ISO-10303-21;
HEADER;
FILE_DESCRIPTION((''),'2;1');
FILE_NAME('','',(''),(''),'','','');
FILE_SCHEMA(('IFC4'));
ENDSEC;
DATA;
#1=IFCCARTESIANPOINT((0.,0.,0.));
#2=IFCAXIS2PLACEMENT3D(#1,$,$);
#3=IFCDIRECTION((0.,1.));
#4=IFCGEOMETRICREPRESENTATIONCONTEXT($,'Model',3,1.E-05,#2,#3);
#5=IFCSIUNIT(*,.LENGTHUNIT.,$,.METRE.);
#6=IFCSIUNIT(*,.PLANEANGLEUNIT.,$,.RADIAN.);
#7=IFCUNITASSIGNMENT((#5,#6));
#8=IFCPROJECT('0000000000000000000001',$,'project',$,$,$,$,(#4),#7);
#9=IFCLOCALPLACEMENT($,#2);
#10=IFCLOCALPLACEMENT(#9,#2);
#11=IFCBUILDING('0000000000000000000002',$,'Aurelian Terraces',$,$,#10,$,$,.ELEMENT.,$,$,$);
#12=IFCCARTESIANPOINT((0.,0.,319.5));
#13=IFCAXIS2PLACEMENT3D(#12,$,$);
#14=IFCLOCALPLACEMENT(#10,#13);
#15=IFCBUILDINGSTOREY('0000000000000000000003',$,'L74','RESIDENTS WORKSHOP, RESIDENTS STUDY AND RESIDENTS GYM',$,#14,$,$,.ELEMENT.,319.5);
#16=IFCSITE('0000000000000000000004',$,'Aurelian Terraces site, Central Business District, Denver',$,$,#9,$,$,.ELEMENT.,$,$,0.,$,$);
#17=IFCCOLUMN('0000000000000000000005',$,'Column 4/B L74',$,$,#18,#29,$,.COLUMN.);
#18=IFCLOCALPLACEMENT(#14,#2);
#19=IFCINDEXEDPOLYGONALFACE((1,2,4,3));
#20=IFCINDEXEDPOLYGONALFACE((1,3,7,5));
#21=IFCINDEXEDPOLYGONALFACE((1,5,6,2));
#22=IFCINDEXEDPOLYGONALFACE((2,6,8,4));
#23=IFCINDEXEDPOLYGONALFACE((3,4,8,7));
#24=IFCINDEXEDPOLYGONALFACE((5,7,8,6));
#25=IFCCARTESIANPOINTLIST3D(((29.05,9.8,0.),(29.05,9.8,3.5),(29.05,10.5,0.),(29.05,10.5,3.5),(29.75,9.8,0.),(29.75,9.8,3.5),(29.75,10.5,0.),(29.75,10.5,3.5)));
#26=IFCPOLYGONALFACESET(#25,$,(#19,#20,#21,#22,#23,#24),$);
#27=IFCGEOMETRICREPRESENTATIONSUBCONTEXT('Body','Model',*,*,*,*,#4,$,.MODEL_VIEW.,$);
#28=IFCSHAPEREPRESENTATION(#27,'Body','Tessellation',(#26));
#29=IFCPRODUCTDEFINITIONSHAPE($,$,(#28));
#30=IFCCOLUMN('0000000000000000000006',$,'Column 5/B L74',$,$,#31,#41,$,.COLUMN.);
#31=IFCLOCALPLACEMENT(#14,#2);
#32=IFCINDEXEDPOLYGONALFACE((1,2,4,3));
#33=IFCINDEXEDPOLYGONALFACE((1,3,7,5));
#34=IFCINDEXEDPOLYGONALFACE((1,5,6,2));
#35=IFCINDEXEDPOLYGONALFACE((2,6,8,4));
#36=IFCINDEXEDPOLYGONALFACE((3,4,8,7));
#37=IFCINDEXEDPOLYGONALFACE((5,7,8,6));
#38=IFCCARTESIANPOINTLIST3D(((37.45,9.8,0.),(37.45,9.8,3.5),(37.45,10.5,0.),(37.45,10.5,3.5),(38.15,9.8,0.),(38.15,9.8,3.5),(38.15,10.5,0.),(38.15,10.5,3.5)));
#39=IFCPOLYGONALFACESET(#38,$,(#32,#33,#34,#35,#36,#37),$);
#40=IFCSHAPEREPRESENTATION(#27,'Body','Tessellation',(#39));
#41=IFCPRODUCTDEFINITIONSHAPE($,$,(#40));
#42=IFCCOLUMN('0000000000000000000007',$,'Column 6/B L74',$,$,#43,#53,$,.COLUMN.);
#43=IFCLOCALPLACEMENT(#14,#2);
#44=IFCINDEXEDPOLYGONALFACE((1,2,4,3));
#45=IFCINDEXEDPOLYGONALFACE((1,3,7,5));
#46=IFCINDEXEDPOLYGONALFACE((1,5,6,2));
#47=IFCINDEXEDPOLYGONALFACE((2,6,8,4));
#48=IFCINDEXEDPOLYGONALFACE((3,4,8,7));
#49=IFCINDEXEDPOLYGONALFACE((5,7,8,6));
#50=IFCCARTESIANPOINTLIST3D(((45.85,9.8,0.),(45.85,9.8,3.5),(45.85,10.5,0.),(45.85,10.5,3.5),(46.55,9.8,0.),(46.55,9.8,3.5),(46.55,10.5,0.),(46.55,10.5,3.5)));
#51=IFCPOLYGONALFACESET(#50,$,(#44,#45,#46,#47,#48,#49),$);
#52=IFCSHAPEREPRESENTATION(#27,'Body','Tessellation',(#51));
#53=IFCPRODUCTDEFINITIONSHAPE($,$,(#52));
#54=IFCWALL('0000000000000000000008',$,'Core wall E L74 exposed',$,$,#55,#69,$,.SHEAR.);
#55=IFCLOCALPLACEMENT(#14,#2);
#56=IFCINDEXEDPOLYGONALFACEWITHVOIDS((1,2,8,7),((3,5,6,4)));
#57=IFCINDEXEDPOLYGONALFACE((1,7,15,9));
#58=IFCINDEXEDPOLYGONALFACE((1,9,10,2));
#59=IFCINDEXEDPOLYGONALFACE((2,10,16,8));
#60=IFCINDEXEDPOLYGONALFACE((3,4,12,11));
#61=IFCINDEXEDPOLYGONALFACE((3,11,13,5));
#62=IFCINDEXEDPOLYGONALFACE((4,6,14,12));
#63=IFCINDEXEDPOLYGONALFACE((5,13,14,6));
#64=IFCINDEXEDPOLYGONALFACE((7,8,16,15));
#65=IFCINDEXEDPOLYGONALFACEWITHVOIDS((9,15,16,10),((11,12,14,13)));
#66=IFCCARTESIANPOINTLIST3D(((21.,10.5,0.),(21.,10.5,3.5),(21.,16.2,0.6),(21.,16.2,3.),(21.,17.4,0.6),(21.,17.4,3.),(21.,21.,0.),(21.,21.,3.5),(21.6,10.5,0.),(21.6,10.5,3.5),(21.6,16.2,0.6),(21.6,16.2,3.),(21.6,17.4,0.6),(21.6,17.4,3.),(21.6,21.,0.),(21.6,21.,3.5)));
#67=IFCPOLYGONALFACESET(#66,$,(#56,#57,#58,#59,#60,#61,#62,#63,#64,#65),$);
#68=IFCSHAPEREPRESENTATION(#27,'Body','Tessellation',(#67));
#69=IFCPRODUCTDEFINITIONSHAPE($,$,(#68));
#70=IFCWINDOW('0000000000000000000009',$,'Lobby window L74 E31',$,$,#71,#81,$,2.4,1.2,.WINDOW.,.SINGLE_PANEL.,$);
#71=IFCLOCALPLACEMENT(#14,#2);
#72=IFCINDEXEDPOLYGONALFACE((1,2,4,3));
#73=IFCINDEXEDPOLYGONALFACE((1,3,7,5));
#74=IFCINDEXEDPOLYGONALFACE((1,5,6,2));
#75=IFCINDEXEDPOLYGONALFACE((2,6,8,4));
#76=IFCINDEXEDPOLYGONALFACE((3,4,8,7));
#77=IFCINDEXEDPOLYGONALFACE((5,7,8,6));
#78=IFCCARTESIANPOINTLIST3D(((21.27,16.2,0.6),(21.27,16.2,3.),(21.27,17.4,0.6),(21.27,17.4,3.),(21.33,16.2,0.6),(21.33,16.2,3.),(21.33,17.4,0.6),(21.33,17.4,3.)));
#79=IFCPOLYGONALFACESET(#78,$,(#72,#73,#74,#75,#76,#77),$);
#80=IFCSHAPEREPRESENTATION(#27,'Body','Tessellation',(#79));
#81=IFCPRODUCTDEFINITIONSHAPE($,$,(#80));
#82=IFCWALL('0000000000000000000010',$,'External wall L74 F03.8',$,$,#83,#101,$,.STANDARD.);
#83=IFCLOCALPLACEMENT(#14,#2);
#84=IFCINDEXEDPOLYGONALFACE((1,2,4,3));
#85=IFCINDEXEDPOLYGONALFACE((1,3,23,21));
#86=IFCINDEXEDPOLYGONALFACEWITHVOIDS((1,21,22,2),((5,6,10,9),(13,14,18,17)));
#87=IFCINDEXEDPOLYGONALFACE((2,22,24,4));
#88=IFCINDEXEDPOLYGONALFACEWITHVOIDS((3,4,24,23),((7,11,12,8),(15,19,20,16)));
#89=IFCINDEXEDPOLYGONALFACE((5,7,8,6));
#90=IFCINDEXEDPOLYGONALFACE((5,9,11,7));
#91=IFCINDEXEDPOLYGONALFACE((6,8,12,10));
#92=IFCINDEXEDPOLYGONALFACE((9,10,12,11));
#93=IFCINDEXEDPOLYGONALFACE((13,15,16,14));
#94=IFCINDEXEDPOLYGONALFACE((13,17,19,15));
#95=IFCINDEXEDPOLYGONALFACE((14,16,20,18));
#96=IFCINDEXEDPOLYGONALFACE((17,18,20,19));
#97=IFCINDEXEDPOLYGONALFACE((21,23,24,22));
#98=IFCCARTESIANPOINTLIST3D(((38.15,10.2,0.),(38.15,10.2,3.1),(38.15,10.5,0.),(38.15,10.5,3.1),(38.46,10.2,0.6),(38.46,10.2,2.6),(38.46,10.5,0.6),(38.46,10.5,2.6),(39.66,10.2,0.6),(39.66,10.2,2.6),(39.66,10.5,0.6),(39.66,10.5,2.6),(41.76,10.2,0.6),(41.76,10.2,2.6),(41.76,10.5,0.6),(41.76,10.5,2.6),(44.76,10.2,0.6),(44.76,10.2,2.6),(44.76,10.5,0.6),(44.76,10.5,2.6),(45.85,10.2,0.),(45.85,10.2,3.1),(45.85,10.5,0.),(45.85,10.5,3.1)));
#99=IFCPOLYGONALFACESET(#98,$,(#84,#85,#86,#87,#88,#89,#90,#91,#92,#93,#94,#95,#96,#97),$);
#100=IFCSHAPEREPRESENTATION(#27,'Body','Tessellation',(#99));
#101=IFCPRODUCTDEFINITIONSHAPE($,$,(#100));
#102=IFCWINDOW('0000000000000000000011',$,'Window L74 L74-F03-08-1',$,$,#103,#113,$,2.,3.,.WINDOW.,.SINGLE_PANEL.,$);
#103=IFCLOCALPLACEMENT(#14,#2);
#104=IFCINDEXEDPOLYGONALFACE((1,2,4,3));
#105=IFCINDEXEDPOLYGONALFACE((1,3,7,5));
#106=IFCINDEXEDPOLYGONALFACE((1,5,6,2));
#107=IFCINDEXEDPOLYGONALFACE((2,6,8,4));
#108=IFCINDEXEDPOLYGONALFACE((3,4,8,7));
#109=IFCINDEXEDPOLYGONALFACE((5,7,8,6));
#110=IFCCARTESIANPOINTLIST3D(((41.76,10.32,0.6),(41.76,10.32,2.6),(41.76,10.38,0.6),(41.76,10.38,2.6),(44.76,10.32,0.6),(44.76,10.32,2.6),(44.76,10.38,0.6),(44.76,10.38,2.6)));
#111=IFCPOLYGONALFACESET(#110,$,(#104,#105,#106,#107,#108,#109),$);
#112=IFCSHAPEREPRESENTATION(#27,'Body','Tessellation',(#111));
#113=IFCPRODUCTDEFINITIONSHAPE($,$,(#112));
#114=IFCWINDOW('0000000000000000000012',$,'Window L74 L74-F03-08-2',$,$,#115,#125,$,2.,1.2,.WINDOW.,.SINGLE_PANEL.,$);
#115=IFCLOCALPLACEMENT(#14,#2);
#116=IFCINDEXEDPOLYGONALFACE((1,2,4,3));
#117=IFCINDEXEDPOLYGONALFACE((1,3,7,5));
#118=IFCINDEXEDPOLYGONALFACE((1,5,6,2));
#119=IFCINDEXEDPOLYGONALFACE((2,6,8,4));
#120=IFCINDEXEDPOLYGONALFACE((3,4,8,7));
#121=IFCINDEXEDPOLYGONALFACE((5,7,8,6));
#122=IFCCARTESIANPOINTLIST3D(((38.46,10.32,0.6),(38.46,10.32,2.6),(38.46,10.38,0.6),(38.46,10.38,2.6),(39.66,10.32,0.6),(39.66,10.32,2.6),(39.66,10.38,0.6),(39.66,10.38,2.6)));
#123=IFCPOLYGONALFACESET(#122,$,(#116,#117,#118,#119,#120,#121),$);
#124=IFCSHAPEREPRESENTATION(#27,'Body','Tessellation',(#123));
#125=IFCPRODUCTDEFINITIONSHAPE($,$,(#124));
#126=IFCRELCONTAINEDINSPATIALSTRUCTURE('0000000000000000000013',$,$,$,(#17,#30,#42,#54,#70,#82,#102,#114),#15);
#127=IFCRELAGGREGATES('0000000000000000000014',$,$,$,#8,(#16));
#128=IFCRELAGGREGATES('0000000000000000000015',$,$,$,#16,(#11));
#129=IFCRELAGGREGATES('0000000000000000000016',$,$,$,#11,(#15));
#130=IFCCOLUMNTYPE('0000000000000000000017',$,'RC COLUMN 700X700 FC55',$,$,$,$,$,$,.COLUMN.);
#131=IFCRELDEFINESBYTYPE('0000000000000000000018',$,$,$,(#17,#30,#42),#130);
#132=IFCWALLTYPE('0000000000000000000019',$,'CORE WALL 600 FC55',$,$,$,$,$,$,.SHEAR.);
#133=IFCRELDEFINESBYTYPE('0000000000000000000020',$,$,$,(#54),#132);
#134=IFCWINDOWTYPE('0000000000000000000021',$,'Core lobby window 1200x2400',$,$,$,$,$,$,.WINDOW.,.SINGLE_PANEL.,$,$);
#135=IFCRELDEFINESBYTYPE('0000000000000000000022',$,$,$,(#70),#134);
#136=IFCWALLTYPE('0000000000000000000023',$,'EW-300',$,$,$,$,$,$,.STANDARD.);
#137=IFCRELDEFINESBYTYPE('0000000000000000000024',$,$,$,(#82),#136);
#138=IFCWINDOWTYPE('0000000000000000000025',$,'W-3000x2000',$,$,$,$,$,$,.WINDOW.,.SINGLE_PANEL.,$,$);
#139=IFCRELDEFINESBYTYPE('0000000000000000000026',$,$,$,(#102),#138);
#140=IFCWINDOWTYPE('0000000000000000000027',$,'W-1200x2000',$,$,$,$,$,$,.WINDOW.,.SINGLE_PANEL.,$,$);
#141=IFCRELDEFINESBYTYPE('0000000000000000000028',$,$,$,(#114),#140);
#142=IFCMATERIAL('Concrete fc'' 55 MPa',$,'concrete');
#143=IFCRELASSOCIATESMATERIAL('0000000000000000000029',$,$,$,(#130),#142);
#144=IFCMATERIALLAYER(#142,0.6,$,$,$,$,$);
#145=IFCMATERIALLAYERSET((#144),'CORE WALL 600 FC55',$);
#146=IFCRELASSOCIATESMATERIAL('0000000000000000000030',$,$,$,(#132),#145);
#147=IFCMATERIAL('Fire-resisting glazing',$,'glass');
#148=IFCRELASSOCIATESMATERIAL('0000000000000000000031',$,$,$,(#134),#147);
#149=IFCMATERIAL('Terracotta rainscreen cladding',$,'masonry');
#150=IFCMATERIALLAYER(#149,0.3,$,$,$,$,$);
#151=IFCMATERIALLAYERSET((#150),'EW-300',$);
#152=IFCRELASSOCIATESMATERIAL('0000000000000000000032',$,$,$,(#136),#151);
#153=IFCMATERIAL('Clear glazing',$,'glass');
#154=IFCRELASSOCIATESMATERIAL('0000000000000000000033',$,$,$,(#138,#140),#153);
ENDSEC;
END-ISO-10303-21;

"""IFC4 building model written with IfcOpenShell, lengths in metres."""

from ifc_helpers import new_model, si_unit, direction, frame, frame_2d, origin, origin_2d, place, context, subcontext, project, spatial, rectangle, extrude, source, transform, mapped, material, layer, layer_set, material_profile, profile_set, type_object, element, fill, save


model = new_model("IFC4")

# Units and contexts
model_context = context("Model", 3, precision=1e-05, world=origin(), true_north=direction((0.0, 1.0)))
body_context = subcontext(model_context, "Body", "Model", "MODEL_VIEW")
ifc_project = project(units=[si_unit("LENGTHUNIT", "METRE"), si_unit("PLANEANGLEUNIT", "RADIAN")], contexts=[model_context])

# Site, building, storey
site_placement = place(None, origin())
site = spatial("IfcSite", under=ifc_project, at=site_placement, Name="Aurelian Terraces site, Central Business District, Denver", CompositionType="ELEMENT", RefElevation=0.0)
building_placement = place(site_placement, origin())
building = spatial("IfcBuilding", under=site, at=building_placement, Name="Aurelian Terraces", CompositionType="ELEMENT")
storey_placement = place(building_placement, frame((0.0, 0.0, 319.5)))
storey = spatial("IfcBuildingStorey", under=building, at=storey_placement, Name="L74", Description="RESIDENTS WORKSHOP, RESIDENTS STUDY AND RESIDENTS GYM", CompositionType="ELEMENT", Elevation=319.5)

# Columns
ifc_material_1 = material(Name="Concrete fc' 55 MPa", Category="concrete")
ifc_material_profile = material_profile(ifc_material_1, rectangle(XDim=0.7, YDim=0.7, at=origin_2d()))
ifc_profile_set = profile_set([ifc_material_profile], Name="Concrete fc' 55 MPa")
column_type = type_object("IfcColumnType", Name="RC COLUMN 700X700 FC55", PredefinedType="COLUMN", material=ifc_profile_set)
shared_shape_1 = source(origin(), body_context, "Body", "SweptSolid", [
    extrude(rectangle(XDim=0.7, YDim=0.7, at=origin_2d()), origin(), (0.0, 0.0, 1.0), 3.5),
])
for number, where, z_axis, x_axis, name in (
    (1, (29.4, 10.15, 0.0), (0.0, 0.0, 1.0), (1.0, 0.0, 0.0), "Column 4/B L74"),
    (2, (37.8, 10.15, 0.0), (0.0, 0.0, 1.0), (1.0, 0.0, 0.0), "Column 5/B L74"),
    (3, (46.2, 10.15, 0.0), (0.0, 0.0, 1.0), (1.0, 0.0, 0.0), "Column 6/B L74"),
):
    element("IfcColumn", number, at=place(storey_placement, frame(where, z_axis=z_axis, x_axis=x_axis)), inside=storey, type_object=column_type, Name=name, PredefinedType="COLUMN", context=body_context, shape_type="MappedRepresentation", body=[
        mapped(shared_shape_1, transform((0.0, 0.0, 0.0), scale=1.0)),
    ])

# Wall, opening, window
ifc_layer_1 = layer(ifc_material_1, 0.6)
ifc_layer_set_1 = layer_set([ifc_layer_1], Name="CORE WALL 600 FC55")
wall_type_1 = type_object("IfcWallType", Name="CORE WALL 600 FC55", PredefinedType="SHEAR", material=ifc_layer_set_1)
shared_shape_2 = source(origin(), body_context, "Body", "SweptSolid", [
    extrude(rectangle(XDim=10.5, YDim=0.6, at=frame_2d((5.25, 0.0))), origin(), (0.0, 0.0, 1.0), 3.5),
])
wall_1_placement = place(storey_placement, frame((21.3, 10.5, 0.0), z_axis=(0.0, 0.0, 1.0), x_axis=(0.0, 1.0, 0.0)))
wall_1 = element("IfcWall", 4, at=wall_1_placement, inside=storey, type_object=wall_type_1, Name="Core wall E L74 exposed", PredefinedType="SHEAR", context=body_context, shape_type="MappedRepresentation", body=[
    mapped(shared_shape_2, transform((0.0, 0.0, 0.0), scale=1.0)),
])
shared_shape_3 = source(origin(), body_context, "Body", "SweptSolid", [
    extrude(rectangle(XDim=1.2, YDim=2.4, at=frame_2d((0.6, 1.2))), frame((0.0, 0.31, 0.0), z_axis=(0.0, -1.0, 0.0), x_axis=(1.0, 0.0, 0.0)), (0.0, 0.0, 1.0), 0.62),
])
opening_1_placement = place(wall_1_placement, frame((5.7, 0.0, 0.6)))
opening_1 = element("IfcOpeningElement", 5, at=opening_1_placement, cuts=wall_1, PredefinedType="OPENING", context=body_context, shape_type="MappedRepresentation", body=[
    mapped(shared_shape_3, transform((0.0, 0.0, 0.0), scale=1.0)),
])
ifc_material_2 = material(Name="Fire-resisting glazing", Category="glass")
window_type_1 = type_object("IfcWindowType", Name="Core lobby window 1200x2400", PartitioningType="SINGLE_PANEL", PredefinedType="WINDOW", material=ifc_material_2)
shared_shape_4 = source(origin(), body_context, "Body", "SweptSolid", [
    extrude(rectangle(XDim=1.2, YDim=2.4, at=frame_2d((0.6, 1.2))), frame((0.0, 0.03, 0.0), z_axis=(0.0, -1.0, 0.0), x_axis=(1.0, 0.0, 0.0)), (0.0, 0.0, 1.0), 0.06),
])
window_1_placement = place(opening_1_placement, origin())
window_1 = element("IfcWindow", 6, at=window_1_placement, inside=storey, type_object=window_type_1, Name="Lobby window L74 E31", OverallHeight=2.4, OverallWidth=1.2, PartitioningType="SINGLE_PANEL", PredefinedType="WINDOW", context=body_context, shape_type="MappedRepresentation", body=[
    mapped(shared_shape_4, transform((0.0, 0.0, 0.0), scale=1.0)),
])
fill(opening_1, window_1)

# Wall, openings, windows
ifc_material_3 = material(Name="Terracotta rainscreen cladding", Category="masonry")
ifc_layer_2 = layer(ifc_material_3, 0.3)
ifc_layer_set_2 = layer_set([ifc_layer_2], Name="EW-300")
wall_type_2 = type_object("IfcWallType", Name="EW-300", PredefinedType="STANDARD", material=ifc_layer_set_2)
shared_shape_5 = source(origin(), body_context, "Body", "SweptSolid", [
    extrude(rectangle(XDim=7.7, YDim=0.3, at=frame_2d((3.85, 0.0))), origin(), (0.0, 0.0, 1.0), 3.1),
])
wall_2_placement = place(storey_placement, frame((45.85, 10.35, 0.0), z_axis=(0.0, 0.0, 1.0), x_axis=(-1.0, 0.0, 0.0)))
wall_2 = element("IfcWall", 7, at=wall_2_placement, inside=storey, type_object=wall_type_2, Name="External wall L74 F03.8", PredefinedType="STANDARD", context=body_context, shape_type="MappedRepresentation", body=[
    mapped(shared_shape_5, transform((0.0, 0.0, 0.0), scale=1.0)),
])
shared_shape_6 = source(origin(), body_context, "Body", "SweptSolid", [
    extrude(rectangle(XDim=3.0, YDim=2.0, at=frame_2d((1.5, 1.0))), frame((0.0, 0.16, 0.0), z_axis=(0.0, -1.0, 0.0), x_axis=(1.0, 0.0, 0.0)), (0.0, 0.0, 1.0), 0.32),
])
opening_2_placement = place(wall_2_placement, frame((1.09, 0.0, 0.6)))
opening_2 = element("IfcOpeningElement", 8, at=opening_2_placement, cuts=wall_2, PredefinedType="OPENING", context=body_context, shape_type="MappedRepresentation", body=[
    mapped(shared_shape_6, transform((0.0, 0.0, 0.0), scale=1.0)),
])
shared_shape_7 = source(origin(), body_context, "Body", "SweptSolid", [
    extrude(rectangle(XDim=1.2, YDim=2.0, at=frame_2d((0.6, 1.0))), frame((0.0, 0.16, 0.0), z_axis=(0.0, -1.0, 0.0), x_axis=(1.0, 0.0, 0.0)), (0.0, 0.0, 1.0), 0.32),
])
opening_3_placement = place(wall_2_placement, frame((6.19, 0.0, 0.6)))
opening_3 = element("IfcOpeningElement", 9, at=opening_3_placement, cuts=wall_2, PredefinedType="OPENING", context=body_context, shape_type="MappedRepresentation", body=[
    mapped(shared_shape_7, transform((0.0, 0.0, 0.0), scale=1.0)),
])
ifc_material_4 = material(Name="Clear glazing", Category="glass")
window_type_2 = type_object("IfcWindowType", Name="W-3000x2000", PartitioningType="SINGLE_PANEL", PredefinedType="WINDOW", material=ifc_material_4)
shared_shape_8 = source(origin(), body_context, "Body", "SweptSolid", [
    extrude(rectangle(XDim=3.0, YDim=2.0, at=frame_2d((1.5, 1.0))), frame((0.0, 0.03, 0.0), z_axis=(0.0, -1.0, 0.0), x_axis=(1.0, 0.0, 0.0)), (0.0, 0.0, 1.0), 0.06),
])
window_2_placement = place(opening_2_placement, origin())
window_2 = element("IfcWindow", 10, at=window_2_placement, inside=storey, type_object=window_type_2, Name="Window L74 L74-F03-08-1", OverallHeight=2.0, OverallWidth=3.0, PartitioningType="SINGLE_PANEL", PredefinedType="WINDOW", context=body_context, shape_type="MappedRepresentation", body=[
    mapped(shared_shape_8, transform((0.0, 0.0, 0.0), scale=1.0)),
])
fill(opening_2, window_2)
window_type_3 = type_object("IfcWindowType", Name="W-1200x2000", PartitioningType="SINGLE_PANEL", PredefinedType="WINDOW", material=ifc_material_4)
shared_shape_9 = source(origin(), body_context, "Body", "SweptSolid", [
    extrude(rectangle(XDim=1.2, YDim=2.0, at=frame_2d((0.6, 1.0))), frame((0.0, 0.03, 0.0), z_axis=(0.0, -1.0, 0.0), x_axis=(1.0, 0.0, 0.0)), (0.0, 0.0, 1.0), 0.06),
])
window_3_placement = place(opening_3_placement, origin())
window_3 = element("IfcWindow", 11, at=window_3_placement, inside=storey, type_object=window_type_3, Name="Window L74 L74-F03-08-2", OverallHeight=2.0, OverallWidth=1.2, PartitioningType="SINGLE_PANEL", PredefinedType="WINDOW", context=body_context, shape_type="MappedRepresentation", body=[
    mapped(shared_shape_9, transform((0.0, 0.0, 0.0), scale=1.0)),
])
fill(opening_3, window_3)

save(model, "model.ifc")
